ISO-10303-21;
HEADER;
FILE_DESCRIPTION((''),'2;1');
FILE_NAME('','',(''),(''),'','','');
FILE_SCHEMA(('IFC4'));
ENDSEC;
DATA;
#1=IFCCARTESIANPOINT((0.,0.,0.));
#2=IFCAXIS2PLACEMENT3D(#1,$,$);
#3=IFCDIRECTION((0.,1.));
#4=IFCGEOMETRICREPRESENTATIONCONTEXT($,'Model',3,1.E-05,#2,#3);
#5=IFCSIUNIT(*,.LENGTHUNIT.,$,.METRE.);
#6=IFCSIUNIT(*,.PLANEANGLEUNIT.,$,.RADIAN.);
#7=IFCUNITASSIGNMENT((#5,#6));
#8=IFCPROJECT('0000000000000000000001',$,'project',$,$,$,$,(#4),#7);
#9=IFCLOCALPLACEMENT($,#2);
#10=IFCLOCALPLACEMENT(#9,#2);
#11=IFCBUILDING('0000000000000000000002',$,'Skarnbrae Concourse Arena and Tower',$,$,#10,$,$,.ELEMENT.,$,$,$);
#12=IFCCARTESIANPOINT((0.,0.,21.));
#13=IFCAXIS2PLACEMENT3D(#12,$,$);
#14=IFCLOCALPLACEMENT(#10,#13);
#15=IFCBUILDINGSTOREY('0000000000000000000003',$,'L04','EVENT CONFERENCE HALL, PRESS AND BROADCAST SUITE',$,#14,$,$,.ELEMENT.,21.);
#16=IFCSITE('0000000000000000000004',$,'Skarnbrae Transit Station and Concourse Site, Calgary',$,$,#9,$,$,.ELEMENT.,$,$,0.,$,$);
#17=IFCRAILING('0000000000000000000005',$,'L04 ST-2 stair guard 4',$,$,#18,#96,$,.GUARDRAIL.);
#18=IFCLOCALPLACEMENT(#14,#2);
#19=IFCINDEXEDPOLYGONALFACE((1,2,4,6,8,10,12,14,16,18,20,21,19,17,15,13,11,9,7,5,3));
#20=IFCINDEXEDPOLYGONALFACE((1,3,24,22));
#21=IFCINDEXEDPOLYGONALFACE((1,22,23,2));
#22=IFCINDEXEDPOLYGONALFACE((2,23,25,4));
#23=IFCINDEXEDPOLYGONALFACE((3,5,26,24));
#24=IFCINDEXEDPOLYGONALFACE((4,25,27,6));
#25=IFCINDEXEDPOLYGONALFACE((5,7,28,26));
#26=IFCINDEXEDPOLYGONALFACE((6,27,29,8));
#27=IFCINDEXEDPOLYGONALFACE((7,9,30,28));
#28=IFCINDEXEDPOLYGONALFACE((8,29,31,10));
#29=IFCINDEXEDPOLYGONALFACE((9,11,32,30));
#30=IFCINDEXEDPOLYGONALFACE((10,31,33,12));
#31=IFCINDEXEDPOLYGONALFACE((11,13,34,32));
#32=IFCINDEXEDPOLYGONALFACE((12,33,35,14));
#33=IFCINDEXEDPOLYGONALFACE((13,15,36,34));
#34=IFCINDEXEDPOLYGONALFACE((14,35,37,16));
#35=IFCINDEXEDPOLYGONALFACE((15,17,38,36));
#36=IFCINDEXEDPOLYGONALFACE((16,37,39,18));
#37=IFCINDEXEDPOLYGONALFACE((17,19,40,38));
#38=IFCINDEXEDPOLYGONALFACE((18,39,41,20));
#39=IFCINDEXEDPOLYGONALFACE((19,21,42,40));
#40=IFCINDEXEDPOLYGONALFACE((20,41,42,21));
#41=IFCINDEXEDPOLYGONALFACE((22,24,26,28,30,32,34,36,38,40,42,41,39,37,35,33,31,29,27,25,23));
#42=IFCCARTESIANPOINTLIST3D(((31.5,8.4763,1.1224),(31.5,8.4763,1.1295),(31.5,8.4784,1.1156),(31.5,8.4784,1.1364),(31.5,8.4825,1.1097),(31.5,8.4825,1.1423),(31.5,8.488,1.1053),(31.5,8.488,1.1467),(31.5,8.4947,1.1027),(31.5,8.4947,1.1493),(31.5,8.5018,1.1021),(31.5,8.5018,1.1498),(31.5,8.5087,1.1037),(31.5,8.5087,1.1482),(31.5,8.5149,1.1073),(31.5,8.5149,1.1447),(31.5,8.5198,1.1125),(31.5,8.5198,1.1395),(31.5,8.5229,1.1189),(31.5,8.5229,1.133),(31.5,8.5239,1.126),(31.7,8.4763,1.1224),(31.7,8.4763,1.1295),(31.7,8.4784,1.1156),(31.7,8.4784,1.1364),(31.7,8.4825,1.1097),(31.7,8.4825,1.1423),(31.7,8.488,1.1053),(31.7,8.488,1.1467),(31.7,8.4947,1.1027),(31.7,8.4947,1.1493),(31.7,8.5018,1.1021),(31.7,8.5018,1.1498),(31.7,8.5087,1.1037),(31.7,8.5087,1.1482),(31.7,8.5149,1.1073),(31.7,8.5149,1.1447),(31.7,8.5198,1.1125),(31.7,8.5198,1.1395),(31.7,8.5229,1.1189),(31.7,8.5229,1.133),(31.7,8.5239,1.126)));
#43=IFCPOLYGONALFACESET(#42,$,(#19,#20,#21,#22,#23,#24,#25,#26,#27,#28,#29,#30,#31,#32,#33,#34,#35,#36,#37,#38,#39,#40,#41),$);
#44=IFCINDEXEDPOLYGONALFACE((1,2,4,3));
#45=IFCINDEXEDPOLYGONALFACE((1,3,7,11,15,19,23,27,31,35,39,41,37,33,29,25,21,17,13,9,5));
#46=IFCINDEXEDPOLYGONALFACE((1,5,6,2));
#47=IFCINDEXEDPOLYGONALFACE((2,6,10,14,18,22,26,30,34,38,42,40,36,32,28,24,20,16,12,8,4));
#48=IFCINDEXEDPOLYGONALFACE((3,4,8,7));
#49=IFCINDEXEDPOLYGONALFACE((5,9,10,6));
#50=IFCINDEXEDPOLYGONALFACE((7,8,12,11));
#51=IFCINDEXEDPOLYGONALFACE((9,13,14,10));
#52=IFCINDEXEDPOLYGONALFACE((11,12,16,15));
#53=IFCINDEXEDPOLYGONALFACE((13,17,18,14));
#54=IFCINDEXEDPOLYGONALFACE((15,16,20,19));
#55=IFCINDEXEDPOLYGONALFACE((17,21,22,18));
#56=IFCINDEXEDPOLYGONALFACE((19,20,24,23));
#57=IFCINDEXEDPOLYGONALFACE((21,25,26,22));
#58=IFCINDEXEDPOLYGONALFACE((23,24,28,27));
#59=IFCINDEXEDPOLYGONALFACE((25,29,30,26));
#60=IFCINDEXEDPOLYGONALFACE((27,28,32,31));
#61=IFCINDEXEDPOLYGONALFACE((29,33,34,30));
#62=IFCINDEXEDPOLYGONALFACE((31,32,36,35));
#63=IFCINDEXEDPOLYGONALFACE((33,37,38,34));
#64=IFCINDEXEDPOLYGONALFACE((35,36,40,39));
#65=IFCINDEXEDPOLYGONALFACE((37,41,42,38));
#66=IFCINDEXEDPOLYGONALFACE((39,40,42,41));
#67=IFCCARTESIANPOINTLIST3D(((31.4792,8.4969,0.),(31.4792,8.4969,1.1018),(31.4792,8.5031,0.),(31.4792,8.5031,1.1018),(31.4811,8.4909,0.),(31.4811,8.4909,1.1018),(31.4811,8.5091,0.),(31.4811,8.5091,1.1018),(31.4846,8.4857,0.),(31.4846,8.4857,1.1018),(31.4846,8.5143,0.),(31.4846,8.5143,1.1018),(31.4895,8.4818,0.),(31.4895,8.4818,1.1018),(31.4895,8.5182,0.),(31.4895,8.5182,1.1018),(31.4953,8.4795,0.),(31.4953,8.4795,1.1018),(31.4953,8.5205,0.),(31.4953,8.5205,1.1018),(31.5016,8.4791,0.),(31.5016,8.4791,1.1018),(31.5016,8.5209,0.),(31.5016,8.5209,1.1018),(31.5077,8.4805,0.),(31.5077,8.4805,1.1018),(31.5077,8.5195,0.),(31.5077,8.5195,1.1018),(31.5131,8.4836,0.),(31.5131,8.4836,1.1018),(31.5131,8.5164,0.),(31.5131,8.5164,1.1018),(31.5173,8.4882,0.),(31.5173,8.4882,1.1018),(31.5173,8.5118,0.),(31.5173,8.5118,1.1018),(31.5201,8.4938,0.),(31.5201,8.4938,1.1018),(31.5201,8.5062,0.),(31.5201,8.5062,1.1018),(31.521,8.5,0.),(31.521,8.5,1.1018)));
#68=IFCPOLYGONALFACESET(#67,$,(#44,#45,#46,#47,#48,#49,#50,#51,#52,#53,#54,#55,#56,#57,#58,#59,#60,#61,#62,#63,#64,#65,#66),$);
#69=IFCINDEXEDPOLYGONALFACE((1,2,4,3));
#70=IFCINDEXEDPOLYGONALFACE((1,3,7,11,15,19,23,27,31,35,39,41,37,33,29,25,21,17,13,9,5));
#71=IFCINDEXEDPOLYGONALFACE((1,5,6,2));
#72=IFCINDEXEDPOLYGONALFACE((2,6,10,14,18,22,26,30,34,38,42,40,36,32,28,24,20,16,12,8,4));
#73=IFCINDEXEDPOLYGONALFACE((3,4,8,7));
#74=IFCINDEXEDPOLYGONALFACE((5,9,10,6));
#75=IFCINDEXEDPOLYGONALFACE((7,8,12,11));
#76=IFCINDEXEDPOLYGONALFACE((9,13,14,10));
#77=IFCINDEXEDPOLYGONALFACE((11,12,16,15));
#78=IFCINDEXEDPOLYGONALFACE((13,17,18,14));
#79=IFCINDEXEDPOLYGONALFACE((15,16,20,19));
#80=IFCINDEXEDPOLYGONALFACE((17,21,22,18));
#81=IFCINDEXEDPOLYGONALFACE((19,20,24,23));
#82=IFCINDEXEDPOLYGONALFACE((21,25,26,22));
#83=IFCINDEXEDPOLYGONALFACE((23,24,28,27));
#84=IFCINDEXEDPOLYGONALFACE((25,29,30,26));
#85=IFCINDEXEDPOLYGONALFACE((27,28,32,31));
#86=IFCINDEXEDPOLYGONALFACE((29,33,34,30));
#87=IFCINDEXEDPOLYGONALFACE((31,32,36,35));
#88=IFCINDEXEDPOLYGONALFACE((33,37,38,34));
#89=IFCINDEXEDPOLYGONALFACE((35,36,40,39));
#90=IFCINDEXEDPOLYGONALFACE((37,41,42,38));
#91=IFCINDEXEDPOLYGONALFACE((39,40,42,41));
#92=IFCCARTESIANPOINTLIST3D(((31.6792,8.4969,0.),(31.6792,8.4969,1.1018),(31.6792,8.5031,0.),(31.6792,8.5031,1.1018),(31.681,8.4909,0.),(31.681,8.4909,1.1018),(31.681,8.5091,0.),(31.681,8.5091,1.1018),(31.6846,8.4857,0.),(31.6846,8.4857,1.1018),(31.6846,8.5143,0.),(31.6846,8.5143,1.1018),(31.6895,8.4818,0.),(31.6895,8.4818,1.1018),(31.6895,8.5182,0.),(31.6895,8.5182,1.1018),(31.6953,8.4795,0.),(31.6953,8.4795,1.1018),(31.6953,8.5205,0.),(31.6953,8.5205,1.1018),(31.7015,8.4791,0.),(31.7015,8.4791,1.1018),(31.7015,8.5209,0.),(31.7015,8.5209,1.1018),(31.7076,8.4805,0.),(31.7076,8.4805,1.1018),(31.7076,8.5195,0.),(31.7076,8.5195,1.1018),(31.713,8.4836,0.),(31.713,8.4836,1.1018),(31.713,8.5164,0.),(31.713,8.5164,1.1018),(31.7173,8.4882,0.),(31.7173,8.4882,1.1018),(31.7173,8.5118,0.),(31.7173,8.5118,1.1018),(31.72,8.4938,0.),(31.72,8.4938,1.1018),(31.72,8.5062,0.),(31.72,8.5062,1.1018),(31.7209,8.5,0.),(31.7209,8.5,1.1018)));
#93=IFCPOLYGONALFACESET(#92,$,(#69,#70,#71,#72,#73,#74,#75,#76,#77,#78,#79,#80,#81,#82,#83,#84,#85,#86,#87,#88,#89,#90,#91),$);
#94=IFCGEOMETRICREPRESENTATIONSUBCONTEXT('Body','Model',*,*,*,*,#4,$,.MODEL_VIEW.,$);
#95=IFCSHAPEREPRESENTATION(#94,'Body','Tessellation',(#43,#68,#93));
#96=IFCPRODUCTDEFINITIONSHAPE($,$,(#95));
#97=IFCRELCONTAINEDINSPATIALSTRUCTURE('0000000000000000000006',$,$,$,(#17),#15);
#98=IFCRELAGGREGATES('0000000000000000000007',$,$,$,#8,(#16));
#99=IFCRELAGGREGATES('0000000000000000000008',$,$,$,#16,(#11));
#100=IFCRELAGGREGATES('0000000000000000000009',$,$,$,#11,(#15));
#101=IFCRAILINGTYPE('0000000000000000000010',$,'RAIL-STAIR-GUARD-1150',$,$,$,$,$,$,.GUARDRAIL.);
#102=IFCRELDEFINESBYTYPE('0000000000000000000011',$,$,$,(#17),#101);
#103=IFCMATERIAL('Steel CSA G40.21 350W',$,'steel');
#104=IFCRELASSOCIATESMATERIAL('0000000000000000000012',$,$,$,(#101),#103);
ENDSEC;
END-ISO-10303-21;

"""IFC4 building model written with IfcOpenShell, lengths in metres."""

from ifc_helpers import new_model, si_unit, direction, frame, origin, origin_2d, place, context, subcontext, project, spatial, circle, extrude, material, type_object, element, save


model = new_model("IFC4")

# Units and contexts
model_context = context("Model", 3, precision=1e-05, world=origin(), true_north=direction((0.0, 1.0)))
body_context = subcontext(model_context, "Body", "Model", "MODEL_VIEW")
ifc_project = project(units=[si_unit("LENGTHUNIT", "METRE"), si_unit("PLANEANGLEUNIT", "RADIAN")], contexts=[model_context])

# Site, building, storey
site_placement = place(None, origin())
site = spatial("IfcSite", under=ifc_project, at=site_placement, Name="Skarnbrae Transit Station and Concourse Site, Calgary", CompositionType="ELEMENT", RefElevation=0.0)
building_placement = place(site_placement, origin())
building = spatial("IfcBuilding", under=site, at=building_placement, Name="Skarnbrae Concourse Arena and Tower", CompositionType="ELEMENT")
storey_placement = place(building_placement, frame((0.0, 0.0, 21.0)))
storey = spatial("IfcBuildingStorey", under=building, at=storey_placement, Name="L04", Description="EVENT CONFERENCE HALL, PRESS AND BROADCAST SUITE", CompositionType="ELEMENT", Elevation=21.0)

# Shared definitions
ifc_material_1 = material(Name="Steel CSA G40.21 350W", Category="steel")

# Railing
railing_type_1 = type_object("IfcRailingType", Name="RAIL-STAIR-GUARD-1150", PredefinedType="GUARDRAIL", material=ifc_material_1)
railing_1_placement = place(storey_placement, frame((31.5, 8.5, 0.0)))
element("IfcRailing", 1, at=railing_1_placement, inside=storey, type_object=railing_type_1, Name="L04 ST-2 stair guard 4", PredefinedType="GUARDRAIL", context=body_context, shape_type="SweptSolid", body=[
    extrude(circle(Radius=0.0239, at=origin_2d()), frame((0.0, 0.0, 1.126), z_axis=(1.0, 0.0, 0.0), x_axis=(0.0, 1.0, 0.0)), (0.0, 0.0, 1.0), 0.2),
    extrude(circle(Radius=0.021, at=origin_2d()), origin(), (0.0, 0.0, 1.0), 1.1018),
    extrude(circle(Radius=0.021, at=origin_2d()), frame((0.2, 0.0, 0.0)), (0.0, 0.0, 1.0), 1.1018),
])

save(model, "model.ifc")
